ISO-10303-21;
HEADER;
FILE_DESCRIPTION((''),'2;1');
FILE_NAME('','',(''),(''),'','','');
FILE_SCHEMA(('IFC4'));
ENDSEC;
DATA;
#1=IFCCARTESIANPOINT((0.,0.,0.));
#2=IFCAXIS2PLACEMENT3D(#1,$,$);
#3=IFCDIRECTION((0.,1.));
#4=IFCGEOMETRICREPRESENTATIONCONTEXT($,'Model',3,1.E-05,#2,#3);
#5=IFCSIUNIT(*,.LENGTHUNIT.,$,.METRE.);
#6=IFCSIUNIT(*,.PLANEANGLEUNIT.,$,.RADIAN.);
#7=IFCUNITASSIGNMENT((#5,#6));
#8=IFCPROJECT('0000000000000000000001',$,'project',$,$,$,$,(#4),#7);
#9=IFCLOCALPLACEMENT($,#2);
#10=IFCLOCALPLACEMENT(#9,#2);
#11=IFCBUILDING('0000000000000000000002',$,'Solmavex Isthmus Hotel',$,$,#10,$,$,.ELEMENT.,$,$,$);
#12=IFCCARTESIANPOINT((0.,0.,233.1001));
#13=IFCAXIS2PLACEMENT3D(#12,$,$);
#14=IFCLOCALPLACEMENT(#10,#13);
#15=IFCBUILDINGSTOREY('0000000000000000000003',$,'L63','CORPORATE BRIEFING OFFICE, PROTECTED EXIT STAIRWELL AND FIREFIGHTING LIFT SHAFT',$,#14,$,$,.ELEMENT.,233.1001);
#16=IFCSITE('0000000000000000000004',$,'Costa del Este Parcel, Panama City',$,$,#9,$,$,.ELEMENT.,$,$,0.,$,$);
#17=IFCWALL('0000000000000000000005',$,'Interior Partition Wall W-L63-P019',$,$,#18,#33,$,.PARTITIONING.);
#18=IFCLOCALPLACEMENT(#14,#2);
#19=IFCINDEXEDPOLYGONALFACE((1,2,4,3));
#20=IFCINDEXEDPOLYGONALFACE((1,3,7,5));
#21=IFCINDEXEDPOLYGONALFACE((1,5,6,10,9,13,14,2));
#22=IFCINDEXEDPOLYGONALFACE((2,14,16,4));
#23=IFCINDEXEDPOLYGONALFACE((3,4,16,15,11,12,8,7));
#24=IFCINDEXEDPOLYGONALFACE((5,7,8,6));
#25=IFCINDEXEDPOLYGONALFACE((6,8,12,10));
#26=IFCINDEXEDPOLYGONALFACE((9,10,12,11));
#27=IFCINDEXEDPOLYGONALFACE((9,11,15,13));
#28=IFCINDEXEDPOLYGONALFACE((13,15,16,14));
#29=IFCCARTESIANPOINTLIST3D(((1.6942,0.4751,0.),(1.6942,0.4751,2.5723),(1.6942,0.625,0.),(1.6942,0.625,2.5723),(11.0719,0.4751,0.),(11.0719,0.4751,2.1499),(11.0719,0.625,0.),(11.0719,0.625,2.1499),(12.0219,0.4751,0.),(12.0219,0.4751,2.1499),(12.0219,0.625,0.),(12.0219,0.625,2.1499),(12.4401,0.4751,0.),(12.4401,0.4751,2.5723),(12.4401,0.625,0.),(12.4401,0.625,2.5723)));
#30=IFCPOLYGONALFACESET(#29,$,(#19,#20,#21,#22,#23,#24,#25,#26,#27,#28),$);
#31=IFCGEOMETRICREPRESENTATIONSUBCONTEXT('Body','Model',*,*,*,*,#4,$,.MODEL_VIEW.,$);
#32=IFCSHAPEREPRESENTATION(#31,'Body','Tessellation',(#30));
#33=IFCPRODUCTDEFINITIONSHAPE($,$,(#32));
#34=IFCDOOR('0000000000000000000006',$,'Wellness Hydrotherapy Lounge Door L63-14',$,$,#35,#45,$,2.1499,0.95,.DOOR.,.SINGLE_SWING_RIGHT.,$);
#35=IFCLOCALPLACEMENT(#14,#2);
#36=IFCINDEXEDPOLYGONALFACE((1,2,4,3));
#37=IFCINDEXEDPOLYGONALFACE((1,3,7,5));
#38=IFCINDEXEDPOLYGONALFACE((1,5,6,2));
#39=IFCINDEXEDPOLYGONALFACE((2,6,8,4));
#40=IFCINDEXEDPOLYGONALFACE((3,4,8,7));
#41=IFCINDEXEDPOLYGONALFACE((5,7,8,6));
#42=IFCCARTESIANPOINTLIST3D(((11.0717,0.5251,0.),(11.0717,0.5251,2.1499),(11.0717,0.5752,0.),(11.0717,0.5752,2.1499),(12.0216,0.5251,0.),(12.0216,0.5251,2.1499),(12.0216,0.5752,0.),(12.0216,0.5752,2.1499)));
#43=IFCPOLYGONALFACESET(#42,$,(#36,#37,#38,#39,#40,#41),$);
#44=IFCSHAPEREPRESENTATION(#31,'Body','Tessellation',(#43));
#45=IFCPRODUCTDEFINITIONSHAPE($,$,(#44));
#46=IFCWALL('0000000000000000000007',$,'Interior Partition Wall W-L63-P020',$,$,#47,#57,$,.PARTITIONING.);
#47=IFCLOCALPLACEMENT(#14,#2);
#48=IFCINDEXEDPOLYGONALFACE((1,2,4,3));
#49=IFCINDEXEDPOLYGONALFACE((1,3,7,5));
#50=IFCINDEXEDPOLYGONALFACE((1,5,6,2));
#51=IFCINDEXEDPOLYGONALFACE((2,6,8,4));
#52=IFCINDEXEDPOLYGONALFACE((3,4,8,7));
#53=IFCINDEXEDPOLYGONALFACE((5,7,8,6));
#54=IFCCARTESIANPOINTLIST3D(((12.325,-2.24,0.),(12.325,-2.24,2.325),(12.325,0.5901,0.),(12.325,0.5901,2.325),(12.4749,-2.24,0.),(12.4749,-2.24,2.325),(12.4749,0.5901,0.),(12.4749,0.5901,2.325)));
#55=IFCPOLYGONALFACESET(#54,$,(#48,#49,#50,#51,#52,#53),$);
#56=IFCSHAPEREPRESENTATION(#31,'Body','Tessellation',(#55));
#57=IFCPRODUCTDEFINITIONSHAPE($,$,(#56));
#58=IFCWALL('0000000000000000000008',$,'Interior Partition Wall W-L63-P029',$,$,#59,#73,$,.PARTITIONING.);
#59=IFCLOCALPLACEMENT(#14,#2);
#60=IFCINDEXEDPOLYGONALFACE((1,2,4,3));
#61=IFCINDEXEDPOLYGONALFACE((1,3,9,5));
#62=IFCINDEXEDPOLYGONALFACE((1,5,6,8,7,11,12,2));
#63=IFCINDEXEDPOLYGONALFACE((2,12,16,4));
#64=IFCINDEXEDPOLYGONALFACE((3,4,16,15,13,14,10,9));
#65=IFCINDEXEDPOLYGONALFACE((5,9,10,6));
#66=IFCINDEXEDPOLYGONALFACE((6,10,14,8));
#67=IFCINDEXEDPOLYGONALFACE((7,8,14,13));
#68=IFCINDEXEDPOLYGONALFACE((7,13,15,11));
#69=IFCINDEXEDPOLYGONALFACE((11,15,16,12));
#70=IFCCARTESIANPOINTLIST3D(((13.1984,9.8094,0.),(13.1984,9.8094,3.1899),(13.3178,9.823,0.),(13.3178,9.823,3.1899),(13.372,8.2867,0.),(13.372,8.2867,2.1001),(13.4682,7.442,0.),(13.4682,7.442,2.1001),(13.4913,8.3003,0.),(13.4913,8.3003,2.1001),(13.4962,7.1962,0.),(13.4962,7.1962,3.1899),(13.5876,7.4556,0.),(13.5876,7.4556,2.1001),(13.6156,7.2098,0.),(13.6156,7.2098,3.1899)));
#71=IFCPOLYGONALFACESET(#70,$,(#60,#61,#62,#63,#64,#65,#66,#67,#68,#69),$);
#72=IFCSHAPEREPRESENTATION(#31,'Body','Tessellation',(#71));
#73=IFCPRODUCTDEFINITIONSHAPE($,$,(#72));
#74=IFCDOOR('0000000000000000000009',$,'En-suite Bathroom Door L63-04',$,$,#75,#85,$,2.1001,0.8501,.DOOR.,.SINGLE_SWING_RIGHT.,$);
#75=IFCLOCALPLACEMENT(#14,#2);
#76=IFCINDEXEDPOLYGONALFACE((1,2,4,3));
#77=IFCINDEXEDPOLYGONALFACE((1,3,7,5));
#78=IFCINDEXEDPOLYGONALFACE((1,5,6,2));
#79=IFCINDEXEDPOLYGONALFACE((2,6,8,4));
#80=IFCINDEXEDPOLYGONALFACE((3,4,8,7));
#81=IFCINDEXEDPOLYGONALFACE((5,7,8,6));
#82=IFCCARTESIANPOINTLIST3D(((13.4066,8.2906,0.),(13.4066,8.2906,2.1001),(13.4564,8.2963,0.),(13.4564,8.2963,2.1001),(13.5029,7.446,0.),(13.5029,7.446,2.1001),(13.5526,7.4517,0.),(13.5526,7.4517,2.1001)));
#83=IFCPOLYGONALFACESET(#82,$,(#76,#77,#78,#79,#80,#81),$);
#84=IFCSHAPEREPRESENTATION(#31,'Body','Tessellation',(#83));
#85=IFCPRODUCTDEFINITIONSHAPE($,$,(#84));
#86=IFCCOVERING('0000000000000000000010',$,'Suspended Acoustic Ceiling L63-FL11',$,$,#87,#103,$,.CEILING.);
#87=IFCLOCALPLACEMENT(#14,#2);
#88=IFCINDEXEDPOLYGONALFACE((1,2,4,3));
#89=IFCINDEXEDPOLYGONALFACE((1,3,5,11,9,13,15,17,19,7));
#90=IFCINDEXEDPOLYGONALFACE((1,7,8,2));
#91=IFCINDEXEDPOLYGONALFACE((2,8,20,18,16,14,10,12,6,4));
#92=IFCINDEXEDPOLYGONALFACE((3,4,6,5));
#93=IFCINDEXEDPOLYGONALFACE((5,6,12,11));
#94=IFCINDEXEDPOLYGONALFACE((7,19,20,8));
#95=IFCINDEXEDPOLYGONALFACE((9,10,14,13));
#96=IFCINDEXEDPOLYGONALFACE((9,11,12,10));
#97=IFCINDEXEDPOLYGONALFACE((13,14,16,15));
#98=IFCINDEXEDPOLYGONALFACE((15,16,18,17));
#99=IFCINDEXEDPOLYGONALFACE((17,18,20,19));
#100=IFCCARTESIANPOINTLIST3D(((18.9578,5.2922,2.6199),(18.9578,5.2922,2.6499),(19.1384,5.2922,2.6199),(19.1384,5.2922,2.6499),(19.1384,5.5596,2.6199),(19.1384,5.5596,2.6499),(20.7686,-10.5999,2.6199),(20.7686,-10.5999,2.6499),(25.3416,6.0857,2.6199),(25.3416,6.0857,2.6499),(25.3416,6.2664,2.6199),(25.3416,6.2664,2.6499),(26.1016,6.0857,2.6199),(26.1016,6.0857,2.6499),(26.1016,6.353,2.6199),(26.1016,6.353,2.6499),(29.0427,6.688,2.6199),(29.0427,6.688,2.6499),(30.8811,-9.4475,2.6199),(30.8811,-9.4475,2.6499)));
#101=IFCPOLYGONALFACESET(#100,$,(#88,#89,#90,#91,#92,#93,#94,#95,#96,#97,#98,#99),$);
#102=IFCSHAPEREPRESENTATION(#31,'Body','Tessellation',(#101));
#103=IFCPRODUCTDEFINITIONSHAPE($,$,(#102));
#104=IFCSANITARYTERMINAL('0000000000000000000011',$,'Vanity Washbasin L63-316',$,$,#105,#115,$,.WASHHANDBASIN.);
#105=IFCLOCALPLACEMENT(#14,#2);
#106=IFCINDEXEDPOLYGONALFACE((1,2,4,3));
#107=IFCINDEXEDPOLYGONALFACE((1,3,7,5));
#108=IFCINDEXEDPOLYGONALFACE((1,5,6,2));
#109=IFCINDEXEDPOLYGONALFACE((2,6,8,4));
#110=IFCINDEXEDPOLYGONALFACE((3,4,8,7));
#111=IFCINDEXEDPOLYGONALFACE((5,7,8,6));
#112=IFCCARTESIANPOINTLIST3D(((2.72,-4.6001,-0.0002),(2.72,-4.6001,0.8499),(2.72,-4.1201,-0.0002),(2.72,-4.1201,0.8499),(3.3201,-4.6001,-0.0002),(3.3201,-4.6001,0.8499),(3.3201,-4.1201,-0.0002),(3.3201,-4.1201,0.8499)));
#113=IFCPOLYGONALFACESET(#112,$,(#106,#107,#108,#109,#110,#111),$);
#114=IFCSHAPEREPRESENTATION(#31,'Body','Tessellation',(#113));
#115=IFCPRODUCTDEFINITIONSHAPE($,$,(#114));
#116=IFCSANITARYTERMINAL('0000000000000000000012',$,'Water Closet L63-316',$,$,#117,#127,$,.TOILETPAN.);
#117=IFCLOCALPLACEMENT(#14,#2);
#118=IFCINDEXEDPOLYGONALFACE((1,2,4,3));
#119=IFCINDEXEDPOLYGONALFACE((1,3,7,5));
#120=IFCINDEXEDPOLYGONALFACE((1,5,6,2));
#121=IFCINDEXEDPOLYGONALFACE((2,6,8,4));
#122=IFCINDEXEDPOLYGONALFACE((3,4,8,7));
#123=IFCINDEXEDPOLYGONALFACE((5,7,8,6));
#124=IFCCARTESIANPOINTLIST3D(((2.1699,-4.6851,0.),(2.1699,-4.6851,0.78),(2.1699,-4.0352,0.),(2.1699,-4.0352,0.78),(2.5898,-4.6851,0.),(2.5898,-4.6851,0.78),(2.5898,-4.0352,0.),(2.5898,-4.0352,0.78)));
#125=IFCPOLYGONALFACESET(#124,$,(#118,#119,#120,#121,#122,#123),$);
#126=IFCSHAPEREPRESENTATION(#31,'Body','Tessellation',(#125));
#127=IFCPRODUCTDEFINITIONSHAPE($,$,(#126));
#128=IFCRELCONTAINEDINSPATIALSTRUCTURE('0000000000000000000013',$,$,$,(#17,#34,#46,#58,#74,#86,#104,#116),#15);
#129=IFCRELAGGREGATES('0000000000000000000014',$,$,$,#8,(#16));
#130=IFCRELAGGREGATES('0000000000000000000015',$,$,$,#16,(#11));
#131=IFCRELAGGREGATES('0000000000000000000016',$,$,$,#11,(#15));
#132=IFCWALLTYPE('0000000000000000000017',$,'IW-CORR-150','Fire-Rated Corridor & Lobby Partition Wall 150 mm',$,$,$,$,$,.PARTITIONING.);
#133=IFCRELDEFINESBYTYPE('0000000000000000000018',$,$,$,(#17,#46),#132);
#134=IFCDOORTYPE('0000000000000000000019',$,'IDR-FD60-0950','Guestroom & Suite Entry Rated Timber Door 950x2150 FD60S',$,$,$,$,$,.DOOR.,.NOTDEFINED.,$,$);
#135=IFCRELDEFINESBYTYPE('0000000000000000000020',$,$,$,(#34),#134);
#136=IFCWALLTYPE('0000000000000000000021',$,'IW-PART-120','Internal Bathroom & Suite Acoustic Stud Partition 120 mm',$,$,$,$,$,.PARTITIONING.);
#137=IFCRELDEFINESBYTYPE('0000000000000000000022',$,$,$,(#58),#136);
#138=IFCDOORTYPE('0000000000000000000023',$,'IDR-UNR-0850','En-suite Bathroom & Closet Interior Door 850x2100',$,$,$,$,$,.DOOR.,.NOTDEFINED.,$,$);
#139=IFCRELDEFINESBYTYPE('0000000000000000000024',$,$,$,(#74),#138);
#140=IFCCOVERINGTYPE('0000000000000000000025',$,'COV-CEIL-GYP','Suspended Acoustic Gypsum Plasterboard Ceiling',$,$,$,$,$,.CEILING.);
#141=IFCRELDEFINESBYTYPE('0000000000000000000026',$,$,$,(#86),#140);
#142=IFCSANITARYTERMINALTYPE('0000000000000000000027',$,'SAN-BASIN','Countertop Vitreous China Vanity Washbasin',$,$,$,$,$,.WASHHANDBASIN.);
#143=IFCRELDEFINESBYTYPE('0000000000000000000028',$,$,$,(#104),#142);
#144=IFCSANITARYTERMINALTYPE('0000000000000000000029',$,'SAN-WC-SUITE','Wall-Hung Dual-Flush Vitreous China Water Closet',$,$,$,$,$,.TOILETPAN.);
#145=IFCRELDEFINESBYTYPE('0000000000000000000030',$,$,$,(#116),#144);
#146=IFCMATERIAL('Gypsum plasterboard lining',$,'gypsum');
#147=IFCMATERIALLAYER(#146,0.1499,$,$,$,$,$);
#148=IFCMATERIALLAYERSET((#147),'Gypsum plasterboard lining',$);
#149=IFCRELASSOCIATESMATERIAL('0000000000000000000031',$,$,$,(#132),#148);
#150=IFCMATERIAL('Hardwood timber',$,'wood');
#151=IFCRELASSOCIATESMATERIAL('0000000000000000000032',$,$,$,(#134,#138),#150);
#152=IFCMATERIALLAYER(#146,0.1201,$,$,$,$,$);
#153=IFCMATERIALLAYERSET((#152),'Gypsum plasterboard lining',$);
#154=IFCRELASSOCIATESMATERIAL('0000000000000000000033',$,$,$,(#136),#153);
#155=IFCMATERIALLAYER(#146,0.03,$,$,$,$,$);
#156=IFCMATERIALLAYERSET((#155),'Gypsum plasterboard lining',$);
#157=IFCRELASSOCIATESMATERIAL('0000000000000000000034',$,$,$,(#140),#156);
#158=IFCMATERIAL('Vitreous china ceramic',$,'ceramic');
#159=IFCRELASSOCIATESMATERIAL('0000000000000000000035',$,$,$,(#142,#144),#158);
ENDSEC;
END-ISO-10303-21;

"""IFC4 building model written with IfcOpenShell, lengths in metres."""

from ifc_helpers import new_model, si_unit, direction, frame, frame_2d, origin, origin_2d, place, context, subcontext, project, spatial, polyline, rectangle, outline, extrude, material, layer, layer_set, type_object, element, fill, save


model = new_model("IFC4")

# Units and contexts
model_context = context("Model", 3, precision=1e-05, world=origin(), true_north=direction((0.0, 1.0)))
body_context = subcontext(model_context, "Body", "Model", "MODEL_VIEW")
ifc_project = project(units=[si_unit("LENGTHUNIT", "METRE"), si_unit("PLANEANGLEUNIT", "RADIAN")], contexts=[model_context])

# Site, building, storey
site_placement = place(None, origin())
site = spatial("IfcSite", under=ifc_project, at=site_placement, Name="Costa del Este Parcel, Panama City", CompositionType="ELEMENT", RefElevation=0.0)
building_placement = place(site_placement, origin())
building = spatial("IfcBuilding", under=site, at=building_placement, Name="Solmavex Isthmus Hotel", CompositionType="ELEMENT")
storey_placement = place(building_placement, frame((0.0, 0.0, 233.1001)))
storey = spatial("IfcBuildingStorey", under=building, at=storey_placement, Name="L63", Description="CORPORATE BRIEFING OFFICE, PROTECTED EXIT STAIRWELL AND FIREFIGHTING LIFT SHAFT", CompositionType="ELEMENT", Elevation=233.1001)

# Shared definitions
ifc_material_1 = material(Name="Gypsum plasterboard lining", Category="gypsum")
ifc_layer_1 = layer(ifc_material_1, 0.1499)
ifc_layer_set_1 = layer_set([ifc_layer_1], Name="Gypsum plasterboard lining")
wall_type_1 = type_object("IfcWallType", Name="IW-CORR-150", Description="Fire-Rated Corridor & Lobby Partition Wall 150 mm", PredefinedType="PARTITIONING", material=ifc_layer_set_1)

# Wall, opening, door
wall_1_placement = place(storey_placement, frame((1.6941, 0.55, 0.0), z_axis=(0.0, 0.0, 1.0), x_axis=(1.0, 0.0, 0.0)))
wall_1 = element("IfcWall", 1, at=wall_1_placement, inside=storey, type_object=wall_type_1, Name="Interior Partition Wall W-L63-P019", PredefinedType="PARTITIONING", context=body_context, shape_type="SweptSolid", body=[
    extrude(rectangle(XDim=10.7458, YDim=0.1499, at=frame_2d((5.373, 0.0))), origin(), (0.0, 0.0, 1.0), 2.5723),
])
opening_1_placement = place(wall_1_placement, frame((9.3777, 0.0, 0.0)))
opening_1 = element("IfcOpeningElement", 2, at=opening_1_placement, cuts=wall_1, PredefinedType="OPENING", context=body_context, shape_type="SweptSolid", body=[
    extrude(rectangle(XDim=0.95, YDim=2.1499, at=frame_2d((0.4751, 1.075))), frame((0.0, 0.085, 0.0), z_axis=(0.0, -1.0, 0.0), x_axis=(1.0, 0.0, 0.0)), (0.0, 0.0, 1.0), 0.1699),
])
ifc_material_2 = material(Name="Hardwood timber", Category="wood")
door_type_1 = type_object("IfcDoorType", Name="IDR-FD60-0950", Description="Guestroom & Suite Entry Rated Timber Door 950x2150 FD60S", OperationType="NOTDEFINED", PredefinedType="DOOR", material=ifc_material_2)
door_1_placement = place(opening_1_placement, frame((0.95, 0.0, 0.0), z_axis=(0.0, 0.0, 1.0), x_axis=(-1.0, 0.0, 0.0)))
door_1 = element("IfcDoor", 3, at=door_1_placement, inside=storey, type_object=door_type_1, Name="Wellness Hydrotherapy Lounge Door L63-14", OperationType="SINGLE_SWING_RIGHT", OverallHeight=2.1499, OverallWidth=0.95, PredefinedType="DOOR", context=body_context, shape_type="SweptSolid", body=[
    extrude(rectangle(XDim=0.95, YDim=2.1499, at=frame_2d((0.4751, 1.075))), frame((0.0, 0.0249, 0.0), z_axis=(0.0, -1.0, 0.0), x_axis=(1.0, 0.0, 0.0)), (0.0, 0.0, 1.0), 0.05),
])
fill(opening_1, door_1)

# Wall
wall_2_placement = place(storey_placement, frame((12.3999, 0.5901, 0.0), z_axis=(0.0, 0.0, 1.0), x_axis=(0.0, -1.0, 0.0)))
element("IfcWall", 4, at=wall_2_placement, inside=storey, type_object=wall_type_1, Name="Interior Partition Wall W-L63-P020", PredefinedType="PARTITIONING", context=body_context, shape_type="SweptSolid", body=[
    extrude(rectangle(XDim=2.8301, YDim=0.1499, at=frame_2d((1.415, 0.0))), origin(), (0.0, 0.0, 1.0), 2.325),
])

# Wall, opening, door
ifc_layer_2 = layer(ifc_material_1, 0.1201)
ifc_layer_set_2 = layer_set([ifc_layer_2], Name="Gypsum plasterboard lining")
wall_type_2 = type_object("IfcWallType", Name="IW-PART-120", Description="Internal Bathroom & Suite Acoustic Stud Partition 120 mm", PredefinedType="PARTITIONING", material=ifc_layer_set_2)
wall_3_placement = place(storey_placement, frame((13.5559, 7.2031, 0.0), z_axis=(0.0, 0.0, 1.0), x_axis=(-0.113243, 0.993567, 0.0)))
wall_3 = element("IfcWall", 5, at=wall_3_placement, inside=storey, type_object=wall_type_2, Name="Interior Partition Wall W-L63-P029", PredefinedType="PARTITIONING", context=body_context, shape_type="SweptSolid", body=[
    extrude(rectangle(XDim=2.6301, YDim=0.1201, at=frame_2d((1.3149, 0.0))), origin(), (0.0, 0.0, 1.0), 3.1899),
])
opening_2_placement = place(wall_3_placement, frame((0.2473, 0.0, 0.0)))
opening_2 = element("IfcOpeningElement", 6, at=opening_2_placement, cuts=wall_3, PredefinedType="OPENING", context=body_context, shape_type="SweptSolid", body=[
    extrude(rectangle(XDim=0.8501, YDim=2.1001, at=frame_2d((0.425, 1.05))), frame((0.0, 0.0701, 0.0), z_axis=(0.0, -1.0, 0.0), x_axis=(1.0, 0.0, 0.0)), (0.0, 0.0, 1.0), 0.1401),
])
door_type_2 = type_object("IfcDoorType", Name="IDR-UNR-0850", Description="En-suite Bathroom & Closet Interior Door 850x2100", OperationType="NOTDEFINED", PredefinedType="DOOR", material=ifc_material_2)
door_2_placement = place(opening_2_placement, frame((0.8501, 0.0, 0.0), z_axis=(0.0, 0.0, 1.0), x_axis=(-1.0, 0.0, 0.0)))
door_2 = element("IfcDoor", 7, at=door_2_placement, inside=storey, type_object=door_type_2, Name="En-suite Bathroom Door L63-04", OperationType="SINGLE_SWING_RIGHT", OverallHeight=2.1001, OverallWidth=0.8501, PredefinedType="DOOR", context=body_context, shape_type="SweptSolid", body=[
    extrude(rectangle(XDim=0.8501, YDim=2.1001, at=frame_2d((0.425, 1.05))), frame((0.0, 0.0249, 0.0), z_axis=(0.0, -1.0, 0.0), x_axis=(1.0, 0.0, 0.0)), (0.0, 0.0, 1.0), 0.05),
])
fill(opening_2, door_2)

# Covering
ifc_layer_3 = layer(ifc_material_1, 0.03)
ifc_layer_set_3 = layer_set([ifc_layer_3], Name="Gypsum plasterboard lining")
covering_type = type_object("IfcCoveringType", Name="COV-CEIL-GYP", Description="Suspended Acoustic Gypsum Plasterboard Ceiling", PredefinedType="CEILING", material=ifc_layer_set_3)
covering_placement = place(storey_placement, frame((0.0, 0.0, 2.6199)))
element("IfcCovering", 8, at=covering_placement, inside=storey, type_object=covering_type, Name="Suspended Acoustic Ceiling L63-FL11", PredefinedType="CEILING", context=body_context, shape_type="SweptSolid", body=[
    extrude(outline(polyline([(19.1384, 5.5596), (19.1384, 5.2922), (18.9578, 5.2922), (20.7686, -10.5999), (30.8811, -9.4475), (29.0427, 6.688), (26.1016, 6.353), (26.1016, 6.0857), (25.3416, 6.0857), (25.3416, 6.2664), (19.1384, 5.5596)])), origin(), (0.0, 0.0, 1.0), 0.03),
])

# Sanitary terminals
ifc_material_3 = material(Name="Vitreous china ceramic", Category="ceramic")
sanitary_terminal_type_1 = type_object("IfcSanitaryTerminalType", Name="SAN-BASIN", Description="Countertop Vitreous China Vanity Washbasin", PredefinedType="WASHHANDBASIN", material=ifc_material_3)
sanitary_terminal_1_placement = place(storey_placement, frame((3.02, -4.3601, -0.0002), z_axis=(0.0, 0.0, 1.0), x_axis=(1.0, 0.0, 0.0)))
element("IfcSanitaryTerminal", 9, at=sanitary_terminal_1_placement, inside=storey, type_object=sanitary_terminal_type_1, Name="Vanity Washbasin L63-316", PredefinedType="WASHHANDBASIN", context=body_context, shape_type="SweptSolid", body=[
    extrude(rectangle(XDim=0.6001, YDim=0.48, at=origin_2d()), origin(), (0.0, 0.0, 1.0), 0.8501),
])
sanitary_terminal_type_2 = type_object("IfcSanitaryTerminalType", Name="SAN-WC-SUITE", Description="Wall-Hung Dual-Flush Vitreous China Water Closet", PredefinedType="TOILETPAN", material=ifc_material_3)
sanitary_terminal_2_placement = place(storey_placement, frame((2.3799, -4.3601, 0.0), z_axis=(0.0, 0.0, 1.0), x_axis=(1.0, 0.0, 0.0)))
element("IfcSanitaryTerminal", 10, at=sanitary_terminal_2_placement, inside=storey, type_object=sanitary_terminal_type_2, Name="Water Closet L63-316", PredefinedType="TOILETPAN", context=body_context, shape_type="SweptSolid", body=[
    extrude(rectangle(XDim=0.4199, YDim=0.6499, at=origin_2d()), origin(), (0.0, 0.0, 1.0), 0.78),
])

save(model, "model.ifc")
